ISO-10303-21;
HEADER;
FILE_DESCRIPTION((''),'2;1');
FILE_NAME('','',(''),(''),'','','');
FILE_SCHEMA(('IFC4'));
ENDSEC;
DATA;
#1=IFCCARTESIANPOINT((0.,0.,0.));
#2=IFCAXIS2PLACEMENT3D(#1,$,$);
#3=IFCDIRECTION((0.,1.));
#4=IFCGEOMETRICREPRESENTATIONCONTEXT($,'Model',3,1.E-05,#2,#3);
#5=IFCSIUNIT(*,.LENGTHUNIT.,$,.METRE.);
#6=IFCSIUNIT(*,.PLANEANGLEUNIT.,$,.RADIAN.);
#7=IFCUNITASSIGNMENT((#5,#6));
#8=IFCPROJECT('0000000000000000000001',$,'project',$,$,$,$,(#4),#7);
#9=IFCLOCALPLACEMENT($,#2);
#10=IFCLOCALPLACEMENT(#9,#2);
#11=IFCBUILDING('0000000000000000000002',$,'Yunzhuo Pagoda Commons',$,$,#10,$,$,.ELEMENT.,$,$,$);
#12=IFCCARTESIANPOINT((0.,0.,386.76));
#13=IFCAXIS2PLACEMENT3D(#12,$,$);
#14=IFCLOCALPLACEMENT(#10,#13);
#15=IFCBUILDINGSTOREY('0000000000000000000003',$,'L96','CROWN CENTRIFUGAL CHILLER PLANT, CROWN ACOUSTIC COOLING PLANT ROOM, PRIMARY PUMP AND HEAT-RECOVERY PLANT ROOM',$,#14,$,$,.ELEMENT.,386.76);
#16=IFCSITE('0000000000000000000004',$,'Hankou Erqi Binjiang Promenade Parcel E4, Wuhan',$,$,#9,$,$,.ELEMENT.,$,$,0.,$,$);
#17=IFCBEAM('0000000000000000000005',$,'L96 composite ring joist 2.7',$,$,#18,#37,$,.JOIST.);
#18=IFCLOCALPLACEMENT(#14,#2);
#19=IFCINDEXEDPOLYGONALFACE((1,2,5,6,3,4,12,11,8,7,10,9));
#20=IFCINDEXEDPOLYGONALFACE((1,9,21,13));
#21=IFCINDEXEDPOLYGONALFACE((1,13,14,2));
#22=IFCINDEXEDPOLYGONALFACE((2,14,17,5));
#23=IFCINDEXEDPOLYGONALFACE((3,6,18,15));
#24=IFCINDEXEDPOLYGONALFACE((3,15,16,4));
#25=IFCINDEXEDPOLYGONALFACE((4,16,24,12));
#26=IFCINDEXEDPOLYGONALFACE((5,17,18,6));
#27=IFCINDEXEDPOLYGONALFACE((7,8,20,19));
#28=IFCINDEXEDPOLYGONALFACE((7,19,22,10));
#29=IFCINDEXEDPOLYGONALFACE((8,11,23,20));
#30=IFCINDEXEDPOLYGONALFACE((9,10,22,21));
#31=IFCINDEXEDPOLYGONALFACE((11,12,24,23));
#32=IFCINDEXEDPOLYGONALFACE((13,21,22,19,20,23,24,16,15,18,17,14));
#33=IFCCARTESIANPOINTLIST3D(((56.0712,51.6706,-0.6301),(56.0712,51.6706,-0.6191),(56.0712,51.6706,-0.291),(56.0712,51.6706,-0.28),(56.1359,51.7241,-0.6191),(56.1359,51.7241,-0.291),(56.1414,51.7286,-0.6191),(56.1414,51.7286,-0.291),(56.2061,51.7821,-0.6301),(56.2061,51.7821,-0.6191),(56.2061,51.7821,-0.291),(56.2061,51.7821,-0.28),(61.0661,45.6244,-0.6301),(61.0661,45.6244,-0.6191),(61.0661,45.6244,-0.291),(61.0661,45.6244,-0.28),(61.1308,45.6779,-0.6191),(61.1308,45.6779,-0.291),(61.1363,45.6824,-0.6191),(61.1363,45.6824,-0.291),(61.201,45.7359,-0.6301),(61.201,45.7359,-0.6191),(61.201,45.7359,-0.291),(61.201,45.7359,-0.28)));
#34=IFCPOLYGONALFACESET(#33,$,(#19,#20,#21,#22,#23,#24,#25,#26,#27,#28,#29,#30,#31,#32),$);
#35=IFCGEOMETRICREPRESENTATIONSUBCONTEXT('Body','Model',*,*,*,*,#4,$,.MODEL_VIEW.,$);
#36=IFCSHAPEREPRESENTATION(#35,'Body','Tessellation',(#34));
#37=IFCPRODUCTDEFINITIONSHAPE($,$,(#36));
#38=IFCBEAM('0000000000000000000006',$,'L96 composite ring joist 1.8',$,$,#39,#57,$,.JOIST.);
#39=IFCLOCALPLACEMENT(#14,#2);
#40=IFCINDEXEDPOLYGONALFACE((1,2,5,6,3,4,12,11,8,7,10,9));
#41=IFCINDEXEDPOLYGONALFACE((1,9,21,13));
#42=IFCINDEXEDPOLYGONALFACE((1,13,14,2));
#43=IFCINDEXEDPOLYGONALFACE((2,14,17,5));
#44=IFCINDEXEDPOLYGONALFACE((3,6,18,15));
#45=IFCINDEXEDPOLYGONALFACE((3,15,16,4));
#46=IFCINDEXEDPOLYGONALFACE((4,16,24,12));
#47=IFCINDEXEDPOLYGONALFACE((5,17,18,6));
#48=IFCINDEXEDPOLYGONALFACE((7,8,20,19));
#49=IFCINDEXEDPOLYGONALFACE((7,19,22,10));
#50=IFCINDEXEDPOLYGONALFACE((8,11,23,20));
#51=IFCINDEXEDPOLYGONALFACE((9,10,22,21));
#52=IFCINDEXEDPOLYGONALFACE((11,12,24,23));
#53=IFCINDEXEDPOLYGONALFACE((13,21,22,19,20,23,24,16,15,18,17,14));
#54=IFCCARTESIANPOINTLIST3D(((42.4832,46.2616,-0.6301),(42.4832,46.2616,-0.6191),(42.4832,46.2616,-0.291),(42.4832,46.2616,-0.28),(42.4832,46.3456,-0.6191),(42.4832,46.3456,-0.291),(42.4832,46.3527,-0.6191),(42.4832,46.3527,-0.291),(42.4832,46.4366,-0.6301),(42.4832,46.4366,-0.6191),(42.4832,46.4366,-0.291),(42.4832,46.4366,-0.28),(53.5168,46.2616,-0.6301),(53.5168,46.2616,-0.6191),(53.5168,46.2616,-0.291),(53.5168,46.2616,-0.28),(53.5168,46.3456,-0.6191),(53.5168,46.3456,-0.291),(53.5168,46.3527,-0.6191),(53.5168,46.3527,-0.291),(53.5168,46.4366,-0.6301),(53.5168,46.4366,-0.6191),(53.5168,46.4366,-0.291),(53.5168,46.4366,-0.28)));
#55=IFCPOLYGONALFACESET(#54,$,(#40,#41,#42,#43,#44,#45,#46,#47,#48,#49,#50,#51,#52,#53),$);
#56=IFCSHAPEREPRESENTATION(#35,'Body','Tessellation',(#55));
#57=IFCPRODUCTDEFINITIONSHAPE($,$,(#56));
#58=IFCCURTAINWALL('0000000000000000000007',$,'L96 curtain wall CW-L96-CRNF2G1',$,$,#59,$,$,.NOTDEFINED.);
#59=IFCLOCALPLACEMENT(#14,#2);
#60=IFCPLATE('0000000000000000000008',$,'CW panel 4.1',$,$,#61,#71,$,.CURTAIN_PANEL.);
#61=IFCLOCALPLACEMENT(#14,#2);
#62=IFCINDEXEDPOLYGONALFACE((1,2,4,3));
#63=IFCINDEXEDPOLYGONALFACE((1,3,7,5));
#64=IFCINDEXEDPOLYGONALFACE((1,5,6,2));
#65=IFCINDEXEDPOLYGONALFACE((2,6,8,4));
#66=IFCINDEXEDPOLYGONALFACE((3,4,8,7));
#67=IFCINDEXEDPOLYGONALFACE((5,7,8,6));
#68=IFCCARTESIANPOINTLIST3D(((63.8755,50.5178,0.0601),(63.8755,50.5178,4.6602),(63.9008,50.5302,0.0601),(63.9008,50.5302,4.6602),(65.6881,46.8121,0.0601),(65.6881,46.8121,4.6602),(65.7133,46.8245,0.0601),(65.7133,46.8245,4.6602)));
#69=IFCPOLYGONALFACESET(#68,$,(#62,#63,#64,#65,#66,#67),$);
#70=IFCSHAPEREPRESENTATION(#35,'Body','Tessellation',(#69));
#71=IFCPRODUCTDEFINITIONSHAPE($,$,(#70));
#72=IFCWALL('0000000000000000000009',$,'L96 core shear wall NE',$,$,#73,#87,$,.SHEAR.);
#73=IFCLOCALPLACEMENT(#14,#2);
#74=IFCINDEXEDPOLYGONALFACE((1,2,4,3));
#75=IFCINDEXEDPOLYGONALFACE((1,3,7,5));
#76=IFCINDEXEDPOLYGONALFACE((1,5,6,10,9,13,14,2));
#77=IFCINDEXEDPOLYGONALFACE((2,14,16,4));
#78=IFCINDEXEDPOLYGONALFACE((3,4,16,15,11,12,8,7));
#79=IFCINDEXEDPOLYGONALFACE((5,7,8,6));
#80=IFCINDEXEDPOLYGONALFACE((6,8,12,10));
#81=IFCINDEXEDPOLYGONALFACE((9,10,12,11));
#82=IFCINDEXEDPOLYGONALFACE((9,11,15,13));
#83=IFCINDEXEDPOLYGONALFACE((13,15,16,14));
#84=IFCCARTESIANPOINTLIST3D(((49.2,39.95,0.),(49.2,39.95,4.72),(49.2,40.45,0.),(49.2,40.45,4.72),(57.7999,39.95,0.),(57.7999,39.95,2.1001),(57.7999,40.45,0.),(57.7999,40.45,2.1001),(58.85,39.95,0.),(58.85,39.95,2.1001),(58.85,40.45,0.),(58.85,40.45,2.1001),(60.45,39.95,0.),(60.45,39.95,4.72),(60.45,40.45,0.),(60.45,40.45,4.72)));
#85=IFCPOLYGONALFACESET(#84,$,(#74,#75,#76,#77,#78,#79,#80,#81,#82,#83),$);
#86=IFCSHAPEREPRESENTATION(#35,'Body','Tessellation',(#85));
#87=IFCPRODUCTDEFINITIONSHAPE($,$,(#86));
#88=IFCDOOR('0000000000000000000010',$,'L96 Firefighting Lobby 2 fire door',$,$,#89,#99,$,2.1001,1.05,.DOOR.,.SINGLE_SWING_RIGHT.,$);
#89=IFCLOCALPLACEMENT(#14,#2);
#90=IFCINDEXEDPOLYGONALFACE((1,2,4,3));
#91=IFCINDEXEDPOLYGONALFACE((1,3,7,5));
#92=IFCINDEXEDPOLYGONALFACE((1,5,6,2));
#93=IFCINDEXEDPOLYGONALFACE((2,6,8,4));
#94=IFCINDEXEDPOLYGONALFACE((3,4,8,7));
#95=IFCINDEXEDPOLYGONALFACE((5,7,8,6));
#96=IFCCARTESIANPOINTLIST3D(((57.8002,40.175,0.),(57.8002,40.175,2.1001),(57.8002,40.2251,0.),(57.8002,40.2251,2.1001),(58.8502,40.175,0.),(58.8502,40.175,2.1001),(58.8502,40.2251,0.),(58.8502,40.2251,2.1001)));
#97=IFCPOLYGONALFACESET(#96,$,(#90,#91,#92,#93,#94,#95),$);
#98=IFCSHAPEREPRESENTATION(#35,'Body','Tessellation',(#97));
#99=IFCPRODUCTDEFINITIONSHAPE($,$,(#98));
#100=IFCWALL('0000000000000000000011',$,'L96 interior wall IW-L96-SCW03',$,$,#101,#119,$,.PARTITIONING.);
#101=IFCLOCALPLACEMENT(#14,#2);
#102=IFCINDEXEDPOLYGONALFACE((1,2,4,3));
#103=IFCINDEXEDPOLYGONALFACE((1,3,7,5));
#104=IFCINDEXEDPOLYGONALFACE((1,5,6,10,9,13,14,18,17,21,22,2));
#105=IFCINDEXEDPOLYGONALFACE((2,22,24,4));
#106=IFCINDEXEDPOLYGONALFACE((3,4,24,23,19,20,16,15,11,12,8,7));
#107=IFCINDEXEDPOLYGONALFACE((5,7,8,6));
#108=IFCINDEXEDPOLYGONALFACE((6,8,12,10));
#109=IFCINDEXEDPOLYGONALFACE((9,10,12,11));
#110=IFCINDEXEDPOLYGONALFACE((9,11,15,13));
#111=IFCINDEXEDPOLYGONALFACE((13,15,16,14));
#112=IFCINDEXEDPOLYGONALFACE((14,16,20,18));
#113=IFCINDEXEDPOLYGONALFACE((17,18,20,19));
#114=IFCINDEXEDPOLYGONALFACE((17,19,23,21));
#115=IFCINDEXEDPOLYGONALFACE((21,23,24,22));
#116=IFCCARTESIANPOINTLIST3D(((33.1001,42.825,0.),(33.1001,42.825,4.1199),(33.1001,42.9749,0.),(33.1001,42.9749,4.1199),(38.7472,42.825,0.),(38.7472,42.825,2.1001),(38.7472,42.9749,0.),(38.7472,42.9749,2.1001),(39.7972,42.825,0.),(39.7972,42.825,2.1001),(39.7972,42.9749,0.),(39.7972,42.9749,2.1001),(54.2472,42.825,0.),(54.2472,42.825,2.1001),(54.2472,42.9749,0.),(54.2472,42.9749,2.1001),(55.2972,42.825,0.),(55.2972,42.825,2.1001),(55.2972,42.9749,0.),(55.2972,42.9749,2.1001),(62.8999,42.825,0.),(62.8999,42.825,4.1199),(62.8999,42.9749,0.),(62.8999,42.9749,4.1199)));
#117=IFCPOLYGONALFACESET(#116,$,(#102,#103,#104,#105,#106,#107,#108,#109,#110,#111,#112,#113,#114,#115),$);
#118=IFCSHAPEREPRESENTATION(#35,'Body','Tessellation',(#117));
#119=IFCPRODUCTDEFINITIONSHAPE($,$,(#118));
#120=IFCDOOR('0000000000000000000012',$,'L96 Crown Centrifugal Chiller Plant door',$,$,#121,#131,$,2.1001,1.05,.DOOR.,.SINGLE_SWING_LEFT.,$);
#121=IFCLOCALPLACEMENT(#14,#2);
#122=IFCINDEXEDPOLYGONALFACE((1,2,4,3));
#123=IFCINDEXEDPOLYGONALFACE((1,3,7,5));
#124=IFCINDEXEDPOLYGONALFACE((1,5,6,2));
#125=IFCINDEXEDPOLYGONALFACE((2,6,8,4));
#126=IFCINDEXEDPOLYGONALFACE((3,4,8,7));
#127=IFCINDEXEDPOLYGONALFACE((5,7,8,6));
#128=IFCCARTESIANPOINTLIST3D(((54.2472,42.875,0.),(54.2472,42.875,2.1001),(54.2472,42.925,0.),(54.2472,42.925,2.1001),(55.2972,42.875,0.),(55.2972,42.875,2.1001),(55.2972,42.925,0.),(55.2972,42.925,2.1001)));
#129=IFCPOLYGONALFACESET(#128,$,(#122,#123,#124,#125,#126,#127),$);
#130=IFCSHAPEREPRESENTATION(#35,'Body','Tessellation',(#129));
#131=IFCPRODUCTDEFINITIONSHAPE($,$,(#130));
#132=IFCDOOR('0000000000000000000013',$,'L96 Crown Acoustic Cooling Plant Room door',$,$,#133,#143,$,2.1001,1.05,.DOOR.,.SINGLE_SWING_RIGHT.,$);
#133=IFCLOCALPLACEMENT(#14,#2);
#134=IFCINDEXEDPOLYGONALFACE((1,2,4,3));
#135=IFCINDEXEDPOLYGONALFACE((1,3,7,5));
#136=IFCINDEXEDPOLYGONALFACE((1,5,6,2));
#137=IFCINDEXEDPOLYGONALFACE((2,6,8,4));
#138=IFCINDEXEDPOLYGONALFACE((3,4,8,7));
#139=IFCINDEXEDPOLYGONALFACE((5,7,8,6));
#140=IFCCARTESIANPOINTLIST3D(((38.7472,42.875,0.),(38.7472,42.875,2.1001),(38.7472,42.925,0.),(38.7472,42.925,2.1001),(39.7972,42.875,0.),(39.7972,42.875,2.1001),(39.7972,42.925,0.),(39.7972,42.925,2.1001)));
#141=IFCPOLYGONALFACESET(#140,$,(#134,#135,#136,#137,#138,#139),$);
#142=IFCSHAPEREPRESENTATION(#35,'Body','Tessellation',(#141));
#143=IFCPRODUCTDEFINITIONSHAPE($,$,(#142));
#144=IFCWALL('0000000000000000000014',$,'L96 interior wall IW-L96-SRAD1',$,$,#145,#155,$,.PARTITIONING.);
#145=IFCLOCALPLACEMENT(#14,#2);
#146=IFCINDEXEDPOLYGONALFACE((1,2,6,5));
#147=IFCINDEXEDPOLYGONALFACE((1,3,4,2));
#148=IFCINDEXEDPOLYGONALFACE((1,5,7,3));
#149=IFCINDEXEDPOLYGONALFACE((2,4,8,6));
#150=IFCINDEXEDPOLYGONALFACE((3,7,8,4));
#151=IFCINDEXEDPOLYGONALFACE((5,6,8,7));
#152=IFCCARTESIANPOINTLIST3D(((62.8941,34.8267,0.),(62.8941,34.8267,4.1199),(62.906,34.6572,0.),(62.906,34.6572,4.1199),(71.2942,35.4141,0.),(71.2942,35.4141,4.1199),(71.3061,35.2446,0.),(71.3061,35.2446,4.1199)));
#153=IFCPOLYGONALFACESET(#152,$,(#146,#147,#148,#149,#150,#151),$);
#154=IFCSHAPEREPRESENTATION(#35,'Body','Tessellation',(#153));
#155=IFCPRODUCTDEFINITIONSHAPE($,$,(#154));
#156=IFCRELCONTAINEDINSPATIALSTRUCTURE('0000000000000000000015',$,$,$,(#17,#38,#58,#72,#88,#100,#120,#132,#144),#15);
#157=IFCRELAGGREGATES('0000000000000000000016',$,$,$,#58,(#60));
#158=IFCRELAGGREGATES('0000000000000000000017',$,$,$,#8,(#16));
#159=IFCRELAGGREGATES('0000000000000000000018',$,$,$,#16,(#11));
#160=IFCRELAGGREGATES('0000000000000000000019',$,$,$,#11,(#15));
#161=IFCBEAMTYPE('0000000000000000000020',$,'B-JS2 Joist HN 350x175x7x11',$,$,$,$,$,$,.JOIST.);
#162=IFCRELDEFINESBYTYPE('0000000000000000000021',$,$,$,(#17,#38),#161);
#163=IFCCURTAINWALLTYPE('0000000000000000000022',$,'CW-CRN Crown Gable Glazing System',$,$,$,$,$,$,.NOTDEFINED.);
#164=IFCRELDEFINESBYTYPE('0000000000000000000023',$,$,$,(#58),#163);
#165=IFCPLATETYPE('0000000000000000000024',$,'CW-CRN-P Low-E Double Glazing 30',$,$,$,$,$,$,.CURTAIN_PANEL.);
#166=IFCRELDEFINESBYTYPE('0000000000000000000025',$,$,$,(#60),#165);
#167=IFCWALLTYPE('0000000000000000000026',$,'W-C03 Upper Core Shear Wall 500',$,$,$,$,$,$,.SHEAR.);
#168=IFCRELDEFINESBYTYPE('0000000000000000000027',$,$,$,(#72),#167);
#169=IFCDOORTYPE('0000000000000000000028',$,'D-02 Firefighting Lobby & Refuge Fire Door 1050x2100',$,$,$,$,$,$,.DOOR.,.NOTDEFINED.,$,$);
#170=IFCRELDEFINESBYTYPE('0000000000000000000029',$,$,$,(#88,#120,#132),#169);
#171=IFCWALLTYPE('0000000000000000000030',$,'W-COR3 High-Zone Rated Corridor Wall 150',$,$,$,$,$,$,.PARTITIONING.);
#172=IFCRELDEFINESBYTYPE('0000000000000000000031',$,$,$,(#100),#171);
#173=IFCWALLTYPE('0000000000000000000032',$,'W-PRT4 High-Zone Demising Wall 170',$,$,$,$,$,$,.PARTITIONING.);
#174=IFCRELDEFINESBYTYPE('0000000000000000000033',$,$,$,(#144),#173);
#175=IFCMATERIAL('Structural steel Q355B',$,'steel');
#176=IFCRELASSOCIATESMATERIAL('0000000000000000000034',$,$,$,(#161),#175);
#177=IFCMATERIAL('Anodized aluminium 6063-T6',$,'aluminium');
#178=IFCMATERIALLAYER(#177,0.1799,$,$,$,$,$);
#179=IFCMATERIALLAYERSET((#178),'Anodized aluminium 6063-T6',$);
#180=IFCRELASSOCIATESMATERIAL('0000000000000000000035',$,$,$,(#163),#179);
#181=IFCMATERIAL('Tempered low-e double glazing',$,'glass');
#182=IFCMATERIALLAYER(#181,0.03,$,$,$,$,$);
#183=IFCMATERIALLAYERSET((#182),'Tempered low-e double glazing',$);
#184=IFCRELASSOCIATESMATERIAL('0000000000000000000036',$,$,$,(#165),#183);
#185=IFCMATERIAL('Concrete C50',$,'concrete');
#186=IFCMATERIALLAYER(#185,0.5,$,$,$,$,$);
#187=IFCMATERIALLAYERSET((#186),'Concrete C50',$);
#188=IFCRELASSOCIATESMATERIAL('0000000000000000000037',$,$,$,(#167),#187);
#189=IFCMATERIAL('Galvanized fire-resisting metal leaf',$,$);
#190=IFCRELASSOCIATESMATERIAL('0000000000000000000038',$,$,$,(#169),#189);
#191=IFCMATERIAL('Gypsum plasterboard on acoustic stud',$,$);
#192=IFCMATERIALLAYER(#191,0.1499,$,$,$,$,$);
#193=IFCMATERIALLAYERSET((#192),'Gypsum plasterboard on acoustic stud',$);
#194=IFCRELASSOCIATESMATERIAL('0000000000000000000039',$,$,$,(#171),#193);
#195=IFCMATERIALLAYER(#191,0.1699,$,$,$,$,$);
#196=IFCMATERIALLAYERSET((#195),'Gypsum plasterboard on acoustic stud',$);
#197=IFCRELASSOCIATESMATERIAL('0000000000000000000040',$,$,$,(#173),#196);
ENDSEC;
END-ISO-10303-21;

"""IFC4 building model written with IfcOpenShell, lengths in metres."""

from ifc_helpers import new_model, si_unit, direction, frame, frame_2d, origin, origin_with_axes, origin_2d, place, context, subcontext, project, spatial, rectangle, i_section, extrude, source, transform, mapped, material, layer, layer_set, material_profile, profile_set, type_object, element, fill, aggregate, save


model = new_model("IFC4")

# Units and contexts
model_context = context("Model", 3, precision=1e-05, world=origin(), true_north=direction((0.0, 1.0)))
body_context = subcontext(model_context, "Body", "Model", "MODEL_VIEW")
ifc_project = project(units=[si_unit("LENGTHUNIT", "METRE"), si_unit("PLANEANGLEUNIT", "RADIAN")], contexts=[model_context])

# Site, building, storey
site_placement = place(None, origin())
site = spatial("IfcSite", under=ifc_project, at=site_placement, Name="Hankou Erqi Binjiang Promenade Parcel E4, Wuhan", CompositionType="ELEMENT", RefElevation=0.0)
building_placement = place(site_placement, origin())
building = spatial("IfcBuilding", under=site, at=building_placement, Name="Yunzhuo Pagoda Commons", CompositionType="ELEMENT")
storey_placement = place(building_placement, frame((0.0, 0.0, 386.76)))
storey = spatial("IfcBuildingStorey", under=building, at=storey_placement, Name="L96", Description="CROWN CENTRIFUGAL CHILLER PLANT, CROWN ACOUSTIC COOLING PLANT ROOM, PRIMARY PUMP AND HEAT-RECOVERY PLANT ROOM", CompositionType="ELEMENT", Elevation=386.76)

# Shared definitions
ifc_material_1 = material(Name="Structural steel Q355B", Category="steel")

# Beams
ifc_material_profile_1 = material_profile(ifc_material_1, i_section(OverallWidth=0.175, OverallDepth=0.3501, WebThickness=0.0071, FlangeThickness=0.011, at=origin_2d()), Name="Structural steel Q355B")
ifc_profile_set_1 = profile_set([ifc_material_profile_1], Name="Structural steel Q355B")
beam_type_1 = type_object("IfcBeamType", Name="B-JS2 Joist HN 350x175x7x11", PredefinedType="JOIST", material=ifc_profile_set_1)
shared_shape_1 = source(origin(), body_context, "Body", "SweptSolid", [
    extrude(i_section(OverallWidth=0.175, OverallDepth=0.3501, WebThickness=0.0071, FlangeThickness=0.011, at=origin_2d()), origin(), (0.0, 0.0, 1.0), 7.8425),
])
beam_1_placement = place(storey_placement, frame((61.1335, 45.6802, -0.4551), z_axis=(-0.636899, 0.770947, 0.0), x_axis=(-0.770947, -0.636899, 0.0)))
element("IfcBeam", 1, at=beam_1_placement, inside=storey, type_object=beam_type_1, Name="L96 composite ring joist 2.7", PredefinedType="JOIST", context=body_context, shape_type="MappedRepresentation", body=[
    mapped(shared_shape_1, transform((0.0, 0.0, 0.0), scale=1.0)),
])
shared_shape_2 = source(origin(), body_context, "Body", "SweptSolid", [
    extrude(i_section(OverallWidth=0.175, OverallDepth=0.3501, WebThickness=0.0071, FlangeThickness=0.011, at=origin_2d()), origin(), (0.0, 0.0, 1.0), 11.0337),
])
beam_2_placement = place(storey_placement, frame((53.5168, 46.3491, -0.4551), z_axis=(-1.0, 0.0, 0.0), x_axis=(0.0, -1.0, 0.0)))
element("IfcBeam", 2, at=beam_2_placement, inside=storey, type_object=beam_type_1, Name="L96 composite ring joist 1.8", PredefinedType="JOIST", context=body_context, shape_type="MappedRepresentation", body=[
    mapped(shared_shape_2, transform((0.0, 0.0, 0.0), scale=1.0)),
])

# Curtain wall, plate
ifc_material_2 = material(Name="Anodized aluminium 6063-T6", Category="aluminium")
ifc_layer_1 = layer(ifc_material_2, 0.1799)
ifc_layer_set_1 = layer_set([ifc_layer_1], Name="Anodized aluminium 6063-T6")
curtain_wall_type = type_object("IfcCurtainWallType", Name="CW-CRN Crown Gable Glazing System", PredefinedType="NOTDEFINED", material=ifc_layer_set_1)
curtain_wall_placement = place(storey_placement, origin())
curtain_wall = element("IfcCurtainWall", 3, at=curtain_wall_placement, inside=storey, type_object=curtain_wall_type, Name="L96 curtain wall CW-L96-CRNF2G1", PredefinedType="NOTDEFINED")
ifc_material_3 = material(Name="Tempered low-e double glazing", Category="glass")
ifc_layer_2 = layer(ifc_material_3, 0.03)
ifc_layer_set_2 = layer_set([ifc_layer_2], Name="Tempered low-e double glazing")
plate_type = type_object("IfcPlateType", Name="CW-CRN-P Low-E Double Glazing 30", PredefinedType="CURTAIN_PANEL", material=ifc_layer_set_2)
shared_shape_3 = source(origin(), body_context, "Body", "SweptSolid", [
    extrude(rectangle(XDim=4.1252, YDim=0.0281, at=origin_2d()), origin(), (0.0, 0.0, 1.0), 4.6001),
])
plate_placement = place(storey_placement, frame((64.7944, 48.6711, 0.0601), z_axis=(0.0, 0.0, 1.0), x_axis=(-0.439384, 0.898299, 0.0)))
plate = element("IfcPlate", 4, at=plate_placement, type_object=plate_type, Name="CW panel 4.1", PredefinedType="CURTAIN_PANEL", context=body_context, shape_type="MappedRepresentation", body=[
    mapped(shared_shape_3, transform((0.0, 0.0, 0.0), scale=1.0)),
])
aggregate(curtain_wall, [plate])

# Wall, opening, door
ifc_material_4 = material(Name="Concrete C50", Category="concrete")
ifc_layer_3 = layer(ifc_material_4, 0.5)
ifc_layer_set_3 = layer_set([ifc_layer_3], Name="Concrete C50")
wall_type_1 = type_object("IfcWallType", Name="W-C03 Upper Core Shear Wall 500", PredefinedType="SHEAR", material=ifc_layer_set_3)
wall_1_placement = place(storey_placement, frame((49.2, 40.2, 0.0), z_axis=(0.0, 0.0, 1.0), x_axis=(1.0, 0.0, 0.0)))
wall_1 = element("IfcWall", 5, at=wall_1_placement, inside=storey, type_object=wall_type_1, Name="L96 core shear wall NE", PredefinedType="SHEAR", context=body_context, shape_type="SweptSolid", body=[
    extrude(rectangle(XDim=11.25, YDim=0.5, at=frame_2d((5.625, 0.0))), origin(), (0.0, 0.0, 1.0), 4.72),
])
opening_1_placement = place(wall_1_placement, frame((8.6001, 0.0, 0.0)))
opening_1 = element("IfcOpeningElement", 6, at=opening_1_placement, cuts=wall_1, PredefinedType="OPENING", context=body_context, shape_type="SweptSolid", body=[
    extrude(rectangle(XDim=1.05, YDim=2.1001, at=frame_2d((0.5249, 1.05))), frame((0.0, 0.26, 0.0), z_axis=(0.0, -1.0, 0.0), x_axis=(1.0, 0.0, 0.0)), (0.0, 0.0, 1.0), 0.52),
])
ifc_material_5 = material(Name="Galvanized fire-resisting metal leaf")
door_type_1 = type_object("IfcDoorType", Name="D-02 Firefighting Lobby & Refuge Fire Door 1050x2100", OperationType="NOTDEFINED", PredefinedType="DOOR", material=ifc_material_5)
shared_shape_4 = source(origin(), body_context, "Body", "SweptSolid", [
    extrude(rectangle(XDim=1.05, YDim=2.1001, at=frame_2d((0.5249, 1.05))), frame((0.0, 0.0249, 0.0), z_axis=(0.0, -1.0, 0.0), x_axis=(1.0, 0.0, 0.0)), (0.0, 0.0, 1.0), 0.05),
])
door_1_placement = place(opening_1_placement, frame((1.05, 0.0, 0.0), z_axis=(0.0, 0.0, 1.0), x_axis=(-1.0, 0.0, 0.0)))
door_1 = element("IfcDoor", 7, at=door_1_placement, inside=storey, type_object=door_type_1, Name="L96 Firefighting Lobby 2 fire door", OperationType="SINGLE_SWING_RIGHT", OverallHeight=2.1001, OverallWidth=1.05, PredefinedType="DOOR", context=body_context, shape_type="MappedRepresentation", body=[
    mapped(shared_shape_4, transform((0.0, 0.0, 0.0), scale=1.0)),
])
fill(opening_1, door_1)

# Wall, openings, doors
ifc_material_6 = material(Name="Gypsum plasterboard on acoustic stud")
ifc_layer_4 = layer(ifc_material_6, 0.1499)
ifc_layer_set_4 = layer_set([ifc_layer_4], Name="Gypsum plasterboard on acoustic stud")
wall_type_2 = type_object("IfcWallType", Name="W-COR3 High-Zone Rated Corridor Wall 150", PredefinedType="PARTITIONING", material=ifc_layer_set_4)
wall_2_placement = place(storey_placement, frame((62.8999, 42.8999, 0.0), z_axis=(0.0, 0.0, 1.0), x_axis=(-1.0, 0.0, 0.0)))
wall_2 = element("IfcWall", 8, at=wall_2_placement, inside=storey, type_object=wall_type_2, Name="L96 interior wall IW-L96-SCW03", PredefinedType="PARTITIONING", context=body_context, shape_type="SweptSolid", body=[
    extrude(rectangle(XDim=29.7998, YDim=0.1499, at=frame_2d((14.8999, 0.0))), origin(), (0.0, 0.0, 1.0), 4.1199),
])
opening_2_placement = place(wall_2_placement, frame((7.6028, 0.0, 0.0)))
opening_2 = element("IfcOpeningElement", 9, at=opening_2_placement, cuts=wall_2, PredefinedType="OPENING", context=body_context, shape_type="SweptSolid", body=[
    extrude(rectangle(XDim=1.05, YDim=2.1001, at=frame_2d((0.5249, 1.05))), frame((0.0, 0.085, 0.0), z_axis=(0.0, -1.0, 0.0), x_axis=(1.0, 0.0, 0.0)), (0.0, 0.0, 1.0), 0.1699),
])
opening_3_placement = place(wall_2_placement, frame((23.1028, 0.0, 0.0)))
opening_3 = element("IfcOpeningElement", 10, at=opening_3_placement, cuts=wall_2, PredefinedType="OPENING", context=body_context, shape_type="SweptSolid", body=[
    extrude(rectangle(XDim=1.05, YDim=2.1001, at=frame_2d((0.5249, 1.05))), frame((0.0, 0.085, 0.0), z_axis=(0.0, -1.0, 0.0), x_axis=(1.0, 0.0, 0.0)), (0.0, 0.0, 1.0), 0.1699),
])
door_2_placement = place(opening_2_placement, origin_with_axes())
door_2 = element("IfcDoor", 11, at=door_2_placement, inside=storey, type_object=door_type_1, Name="L96 Crown Centrifugal Chiller Plant door", OperationType="SINGLE_SWING_LEFT", OverallHeight=2.1001, OverallWidth=1.05, PredefinedType="DOOR", context=body_context, shape_type="MappedRepresentation", body=[
    mapped(shared_shape_4, transform((0.0, 0.0, 0.0), scale=1.0)),
])
fill(opening_2, door_2)
door_3_placement = place(opening_3_placement, origin_with_axes())
door_3 = element("IfcDoor", 12, at=door_3_placement, inside=storey, type_object=door_type_1, Name="L96 Crown Acoustic Cooling Plant Room door", OperationType="SINGLE_SWING_RIGHT", OverallHeight=2.1001, OverallWidth=1.05, PredefinedType="DOOR", context=body_context, shape_type="MappedRepresentation", body=[
    mapped(shared_shape_4, transform((0.0, 0.0, 0.0), scale=1.0)),
])
fill(opening_3, door_3)

# Wall
ifc_layer_5 = layer(ifc_material_6, 0.1699)
ifc_layer_set_5 = layer_set([ifc_layer_5], Name="Gypsum plasterboard on acoustic stud")
wall_type_3 = type_object("IfcWallType", Name="W-PRT4 High-Zone Demising Wall 170", PredefinedType="PARTITIONING", material=ifc_layer_set_5)
wall_3_placement = place(storey_placement, frame((62.8999, 34.7419, 0.0), z_axis=(0.0, 0.0, 1.0), x_axis=(0.997564, 0.069757, 0.0)))
element("IfcWall", 13, at=wall_3_placement, inside=storey, type_object=wall_type_3, Name="L96 interior wall IW-L96-SRAD1", PredefinedType="PARTITIONING", context=body_context, shape_type="SweptSolid", body=[
    extrude(rectangle(XDim=8.4207, YDim=0.1699, at=frame_2d((4.2104, 0.0))), origin(), (0.0, 0.0, 1.0), 4.1199),
])

save(model, "model.ifc")
